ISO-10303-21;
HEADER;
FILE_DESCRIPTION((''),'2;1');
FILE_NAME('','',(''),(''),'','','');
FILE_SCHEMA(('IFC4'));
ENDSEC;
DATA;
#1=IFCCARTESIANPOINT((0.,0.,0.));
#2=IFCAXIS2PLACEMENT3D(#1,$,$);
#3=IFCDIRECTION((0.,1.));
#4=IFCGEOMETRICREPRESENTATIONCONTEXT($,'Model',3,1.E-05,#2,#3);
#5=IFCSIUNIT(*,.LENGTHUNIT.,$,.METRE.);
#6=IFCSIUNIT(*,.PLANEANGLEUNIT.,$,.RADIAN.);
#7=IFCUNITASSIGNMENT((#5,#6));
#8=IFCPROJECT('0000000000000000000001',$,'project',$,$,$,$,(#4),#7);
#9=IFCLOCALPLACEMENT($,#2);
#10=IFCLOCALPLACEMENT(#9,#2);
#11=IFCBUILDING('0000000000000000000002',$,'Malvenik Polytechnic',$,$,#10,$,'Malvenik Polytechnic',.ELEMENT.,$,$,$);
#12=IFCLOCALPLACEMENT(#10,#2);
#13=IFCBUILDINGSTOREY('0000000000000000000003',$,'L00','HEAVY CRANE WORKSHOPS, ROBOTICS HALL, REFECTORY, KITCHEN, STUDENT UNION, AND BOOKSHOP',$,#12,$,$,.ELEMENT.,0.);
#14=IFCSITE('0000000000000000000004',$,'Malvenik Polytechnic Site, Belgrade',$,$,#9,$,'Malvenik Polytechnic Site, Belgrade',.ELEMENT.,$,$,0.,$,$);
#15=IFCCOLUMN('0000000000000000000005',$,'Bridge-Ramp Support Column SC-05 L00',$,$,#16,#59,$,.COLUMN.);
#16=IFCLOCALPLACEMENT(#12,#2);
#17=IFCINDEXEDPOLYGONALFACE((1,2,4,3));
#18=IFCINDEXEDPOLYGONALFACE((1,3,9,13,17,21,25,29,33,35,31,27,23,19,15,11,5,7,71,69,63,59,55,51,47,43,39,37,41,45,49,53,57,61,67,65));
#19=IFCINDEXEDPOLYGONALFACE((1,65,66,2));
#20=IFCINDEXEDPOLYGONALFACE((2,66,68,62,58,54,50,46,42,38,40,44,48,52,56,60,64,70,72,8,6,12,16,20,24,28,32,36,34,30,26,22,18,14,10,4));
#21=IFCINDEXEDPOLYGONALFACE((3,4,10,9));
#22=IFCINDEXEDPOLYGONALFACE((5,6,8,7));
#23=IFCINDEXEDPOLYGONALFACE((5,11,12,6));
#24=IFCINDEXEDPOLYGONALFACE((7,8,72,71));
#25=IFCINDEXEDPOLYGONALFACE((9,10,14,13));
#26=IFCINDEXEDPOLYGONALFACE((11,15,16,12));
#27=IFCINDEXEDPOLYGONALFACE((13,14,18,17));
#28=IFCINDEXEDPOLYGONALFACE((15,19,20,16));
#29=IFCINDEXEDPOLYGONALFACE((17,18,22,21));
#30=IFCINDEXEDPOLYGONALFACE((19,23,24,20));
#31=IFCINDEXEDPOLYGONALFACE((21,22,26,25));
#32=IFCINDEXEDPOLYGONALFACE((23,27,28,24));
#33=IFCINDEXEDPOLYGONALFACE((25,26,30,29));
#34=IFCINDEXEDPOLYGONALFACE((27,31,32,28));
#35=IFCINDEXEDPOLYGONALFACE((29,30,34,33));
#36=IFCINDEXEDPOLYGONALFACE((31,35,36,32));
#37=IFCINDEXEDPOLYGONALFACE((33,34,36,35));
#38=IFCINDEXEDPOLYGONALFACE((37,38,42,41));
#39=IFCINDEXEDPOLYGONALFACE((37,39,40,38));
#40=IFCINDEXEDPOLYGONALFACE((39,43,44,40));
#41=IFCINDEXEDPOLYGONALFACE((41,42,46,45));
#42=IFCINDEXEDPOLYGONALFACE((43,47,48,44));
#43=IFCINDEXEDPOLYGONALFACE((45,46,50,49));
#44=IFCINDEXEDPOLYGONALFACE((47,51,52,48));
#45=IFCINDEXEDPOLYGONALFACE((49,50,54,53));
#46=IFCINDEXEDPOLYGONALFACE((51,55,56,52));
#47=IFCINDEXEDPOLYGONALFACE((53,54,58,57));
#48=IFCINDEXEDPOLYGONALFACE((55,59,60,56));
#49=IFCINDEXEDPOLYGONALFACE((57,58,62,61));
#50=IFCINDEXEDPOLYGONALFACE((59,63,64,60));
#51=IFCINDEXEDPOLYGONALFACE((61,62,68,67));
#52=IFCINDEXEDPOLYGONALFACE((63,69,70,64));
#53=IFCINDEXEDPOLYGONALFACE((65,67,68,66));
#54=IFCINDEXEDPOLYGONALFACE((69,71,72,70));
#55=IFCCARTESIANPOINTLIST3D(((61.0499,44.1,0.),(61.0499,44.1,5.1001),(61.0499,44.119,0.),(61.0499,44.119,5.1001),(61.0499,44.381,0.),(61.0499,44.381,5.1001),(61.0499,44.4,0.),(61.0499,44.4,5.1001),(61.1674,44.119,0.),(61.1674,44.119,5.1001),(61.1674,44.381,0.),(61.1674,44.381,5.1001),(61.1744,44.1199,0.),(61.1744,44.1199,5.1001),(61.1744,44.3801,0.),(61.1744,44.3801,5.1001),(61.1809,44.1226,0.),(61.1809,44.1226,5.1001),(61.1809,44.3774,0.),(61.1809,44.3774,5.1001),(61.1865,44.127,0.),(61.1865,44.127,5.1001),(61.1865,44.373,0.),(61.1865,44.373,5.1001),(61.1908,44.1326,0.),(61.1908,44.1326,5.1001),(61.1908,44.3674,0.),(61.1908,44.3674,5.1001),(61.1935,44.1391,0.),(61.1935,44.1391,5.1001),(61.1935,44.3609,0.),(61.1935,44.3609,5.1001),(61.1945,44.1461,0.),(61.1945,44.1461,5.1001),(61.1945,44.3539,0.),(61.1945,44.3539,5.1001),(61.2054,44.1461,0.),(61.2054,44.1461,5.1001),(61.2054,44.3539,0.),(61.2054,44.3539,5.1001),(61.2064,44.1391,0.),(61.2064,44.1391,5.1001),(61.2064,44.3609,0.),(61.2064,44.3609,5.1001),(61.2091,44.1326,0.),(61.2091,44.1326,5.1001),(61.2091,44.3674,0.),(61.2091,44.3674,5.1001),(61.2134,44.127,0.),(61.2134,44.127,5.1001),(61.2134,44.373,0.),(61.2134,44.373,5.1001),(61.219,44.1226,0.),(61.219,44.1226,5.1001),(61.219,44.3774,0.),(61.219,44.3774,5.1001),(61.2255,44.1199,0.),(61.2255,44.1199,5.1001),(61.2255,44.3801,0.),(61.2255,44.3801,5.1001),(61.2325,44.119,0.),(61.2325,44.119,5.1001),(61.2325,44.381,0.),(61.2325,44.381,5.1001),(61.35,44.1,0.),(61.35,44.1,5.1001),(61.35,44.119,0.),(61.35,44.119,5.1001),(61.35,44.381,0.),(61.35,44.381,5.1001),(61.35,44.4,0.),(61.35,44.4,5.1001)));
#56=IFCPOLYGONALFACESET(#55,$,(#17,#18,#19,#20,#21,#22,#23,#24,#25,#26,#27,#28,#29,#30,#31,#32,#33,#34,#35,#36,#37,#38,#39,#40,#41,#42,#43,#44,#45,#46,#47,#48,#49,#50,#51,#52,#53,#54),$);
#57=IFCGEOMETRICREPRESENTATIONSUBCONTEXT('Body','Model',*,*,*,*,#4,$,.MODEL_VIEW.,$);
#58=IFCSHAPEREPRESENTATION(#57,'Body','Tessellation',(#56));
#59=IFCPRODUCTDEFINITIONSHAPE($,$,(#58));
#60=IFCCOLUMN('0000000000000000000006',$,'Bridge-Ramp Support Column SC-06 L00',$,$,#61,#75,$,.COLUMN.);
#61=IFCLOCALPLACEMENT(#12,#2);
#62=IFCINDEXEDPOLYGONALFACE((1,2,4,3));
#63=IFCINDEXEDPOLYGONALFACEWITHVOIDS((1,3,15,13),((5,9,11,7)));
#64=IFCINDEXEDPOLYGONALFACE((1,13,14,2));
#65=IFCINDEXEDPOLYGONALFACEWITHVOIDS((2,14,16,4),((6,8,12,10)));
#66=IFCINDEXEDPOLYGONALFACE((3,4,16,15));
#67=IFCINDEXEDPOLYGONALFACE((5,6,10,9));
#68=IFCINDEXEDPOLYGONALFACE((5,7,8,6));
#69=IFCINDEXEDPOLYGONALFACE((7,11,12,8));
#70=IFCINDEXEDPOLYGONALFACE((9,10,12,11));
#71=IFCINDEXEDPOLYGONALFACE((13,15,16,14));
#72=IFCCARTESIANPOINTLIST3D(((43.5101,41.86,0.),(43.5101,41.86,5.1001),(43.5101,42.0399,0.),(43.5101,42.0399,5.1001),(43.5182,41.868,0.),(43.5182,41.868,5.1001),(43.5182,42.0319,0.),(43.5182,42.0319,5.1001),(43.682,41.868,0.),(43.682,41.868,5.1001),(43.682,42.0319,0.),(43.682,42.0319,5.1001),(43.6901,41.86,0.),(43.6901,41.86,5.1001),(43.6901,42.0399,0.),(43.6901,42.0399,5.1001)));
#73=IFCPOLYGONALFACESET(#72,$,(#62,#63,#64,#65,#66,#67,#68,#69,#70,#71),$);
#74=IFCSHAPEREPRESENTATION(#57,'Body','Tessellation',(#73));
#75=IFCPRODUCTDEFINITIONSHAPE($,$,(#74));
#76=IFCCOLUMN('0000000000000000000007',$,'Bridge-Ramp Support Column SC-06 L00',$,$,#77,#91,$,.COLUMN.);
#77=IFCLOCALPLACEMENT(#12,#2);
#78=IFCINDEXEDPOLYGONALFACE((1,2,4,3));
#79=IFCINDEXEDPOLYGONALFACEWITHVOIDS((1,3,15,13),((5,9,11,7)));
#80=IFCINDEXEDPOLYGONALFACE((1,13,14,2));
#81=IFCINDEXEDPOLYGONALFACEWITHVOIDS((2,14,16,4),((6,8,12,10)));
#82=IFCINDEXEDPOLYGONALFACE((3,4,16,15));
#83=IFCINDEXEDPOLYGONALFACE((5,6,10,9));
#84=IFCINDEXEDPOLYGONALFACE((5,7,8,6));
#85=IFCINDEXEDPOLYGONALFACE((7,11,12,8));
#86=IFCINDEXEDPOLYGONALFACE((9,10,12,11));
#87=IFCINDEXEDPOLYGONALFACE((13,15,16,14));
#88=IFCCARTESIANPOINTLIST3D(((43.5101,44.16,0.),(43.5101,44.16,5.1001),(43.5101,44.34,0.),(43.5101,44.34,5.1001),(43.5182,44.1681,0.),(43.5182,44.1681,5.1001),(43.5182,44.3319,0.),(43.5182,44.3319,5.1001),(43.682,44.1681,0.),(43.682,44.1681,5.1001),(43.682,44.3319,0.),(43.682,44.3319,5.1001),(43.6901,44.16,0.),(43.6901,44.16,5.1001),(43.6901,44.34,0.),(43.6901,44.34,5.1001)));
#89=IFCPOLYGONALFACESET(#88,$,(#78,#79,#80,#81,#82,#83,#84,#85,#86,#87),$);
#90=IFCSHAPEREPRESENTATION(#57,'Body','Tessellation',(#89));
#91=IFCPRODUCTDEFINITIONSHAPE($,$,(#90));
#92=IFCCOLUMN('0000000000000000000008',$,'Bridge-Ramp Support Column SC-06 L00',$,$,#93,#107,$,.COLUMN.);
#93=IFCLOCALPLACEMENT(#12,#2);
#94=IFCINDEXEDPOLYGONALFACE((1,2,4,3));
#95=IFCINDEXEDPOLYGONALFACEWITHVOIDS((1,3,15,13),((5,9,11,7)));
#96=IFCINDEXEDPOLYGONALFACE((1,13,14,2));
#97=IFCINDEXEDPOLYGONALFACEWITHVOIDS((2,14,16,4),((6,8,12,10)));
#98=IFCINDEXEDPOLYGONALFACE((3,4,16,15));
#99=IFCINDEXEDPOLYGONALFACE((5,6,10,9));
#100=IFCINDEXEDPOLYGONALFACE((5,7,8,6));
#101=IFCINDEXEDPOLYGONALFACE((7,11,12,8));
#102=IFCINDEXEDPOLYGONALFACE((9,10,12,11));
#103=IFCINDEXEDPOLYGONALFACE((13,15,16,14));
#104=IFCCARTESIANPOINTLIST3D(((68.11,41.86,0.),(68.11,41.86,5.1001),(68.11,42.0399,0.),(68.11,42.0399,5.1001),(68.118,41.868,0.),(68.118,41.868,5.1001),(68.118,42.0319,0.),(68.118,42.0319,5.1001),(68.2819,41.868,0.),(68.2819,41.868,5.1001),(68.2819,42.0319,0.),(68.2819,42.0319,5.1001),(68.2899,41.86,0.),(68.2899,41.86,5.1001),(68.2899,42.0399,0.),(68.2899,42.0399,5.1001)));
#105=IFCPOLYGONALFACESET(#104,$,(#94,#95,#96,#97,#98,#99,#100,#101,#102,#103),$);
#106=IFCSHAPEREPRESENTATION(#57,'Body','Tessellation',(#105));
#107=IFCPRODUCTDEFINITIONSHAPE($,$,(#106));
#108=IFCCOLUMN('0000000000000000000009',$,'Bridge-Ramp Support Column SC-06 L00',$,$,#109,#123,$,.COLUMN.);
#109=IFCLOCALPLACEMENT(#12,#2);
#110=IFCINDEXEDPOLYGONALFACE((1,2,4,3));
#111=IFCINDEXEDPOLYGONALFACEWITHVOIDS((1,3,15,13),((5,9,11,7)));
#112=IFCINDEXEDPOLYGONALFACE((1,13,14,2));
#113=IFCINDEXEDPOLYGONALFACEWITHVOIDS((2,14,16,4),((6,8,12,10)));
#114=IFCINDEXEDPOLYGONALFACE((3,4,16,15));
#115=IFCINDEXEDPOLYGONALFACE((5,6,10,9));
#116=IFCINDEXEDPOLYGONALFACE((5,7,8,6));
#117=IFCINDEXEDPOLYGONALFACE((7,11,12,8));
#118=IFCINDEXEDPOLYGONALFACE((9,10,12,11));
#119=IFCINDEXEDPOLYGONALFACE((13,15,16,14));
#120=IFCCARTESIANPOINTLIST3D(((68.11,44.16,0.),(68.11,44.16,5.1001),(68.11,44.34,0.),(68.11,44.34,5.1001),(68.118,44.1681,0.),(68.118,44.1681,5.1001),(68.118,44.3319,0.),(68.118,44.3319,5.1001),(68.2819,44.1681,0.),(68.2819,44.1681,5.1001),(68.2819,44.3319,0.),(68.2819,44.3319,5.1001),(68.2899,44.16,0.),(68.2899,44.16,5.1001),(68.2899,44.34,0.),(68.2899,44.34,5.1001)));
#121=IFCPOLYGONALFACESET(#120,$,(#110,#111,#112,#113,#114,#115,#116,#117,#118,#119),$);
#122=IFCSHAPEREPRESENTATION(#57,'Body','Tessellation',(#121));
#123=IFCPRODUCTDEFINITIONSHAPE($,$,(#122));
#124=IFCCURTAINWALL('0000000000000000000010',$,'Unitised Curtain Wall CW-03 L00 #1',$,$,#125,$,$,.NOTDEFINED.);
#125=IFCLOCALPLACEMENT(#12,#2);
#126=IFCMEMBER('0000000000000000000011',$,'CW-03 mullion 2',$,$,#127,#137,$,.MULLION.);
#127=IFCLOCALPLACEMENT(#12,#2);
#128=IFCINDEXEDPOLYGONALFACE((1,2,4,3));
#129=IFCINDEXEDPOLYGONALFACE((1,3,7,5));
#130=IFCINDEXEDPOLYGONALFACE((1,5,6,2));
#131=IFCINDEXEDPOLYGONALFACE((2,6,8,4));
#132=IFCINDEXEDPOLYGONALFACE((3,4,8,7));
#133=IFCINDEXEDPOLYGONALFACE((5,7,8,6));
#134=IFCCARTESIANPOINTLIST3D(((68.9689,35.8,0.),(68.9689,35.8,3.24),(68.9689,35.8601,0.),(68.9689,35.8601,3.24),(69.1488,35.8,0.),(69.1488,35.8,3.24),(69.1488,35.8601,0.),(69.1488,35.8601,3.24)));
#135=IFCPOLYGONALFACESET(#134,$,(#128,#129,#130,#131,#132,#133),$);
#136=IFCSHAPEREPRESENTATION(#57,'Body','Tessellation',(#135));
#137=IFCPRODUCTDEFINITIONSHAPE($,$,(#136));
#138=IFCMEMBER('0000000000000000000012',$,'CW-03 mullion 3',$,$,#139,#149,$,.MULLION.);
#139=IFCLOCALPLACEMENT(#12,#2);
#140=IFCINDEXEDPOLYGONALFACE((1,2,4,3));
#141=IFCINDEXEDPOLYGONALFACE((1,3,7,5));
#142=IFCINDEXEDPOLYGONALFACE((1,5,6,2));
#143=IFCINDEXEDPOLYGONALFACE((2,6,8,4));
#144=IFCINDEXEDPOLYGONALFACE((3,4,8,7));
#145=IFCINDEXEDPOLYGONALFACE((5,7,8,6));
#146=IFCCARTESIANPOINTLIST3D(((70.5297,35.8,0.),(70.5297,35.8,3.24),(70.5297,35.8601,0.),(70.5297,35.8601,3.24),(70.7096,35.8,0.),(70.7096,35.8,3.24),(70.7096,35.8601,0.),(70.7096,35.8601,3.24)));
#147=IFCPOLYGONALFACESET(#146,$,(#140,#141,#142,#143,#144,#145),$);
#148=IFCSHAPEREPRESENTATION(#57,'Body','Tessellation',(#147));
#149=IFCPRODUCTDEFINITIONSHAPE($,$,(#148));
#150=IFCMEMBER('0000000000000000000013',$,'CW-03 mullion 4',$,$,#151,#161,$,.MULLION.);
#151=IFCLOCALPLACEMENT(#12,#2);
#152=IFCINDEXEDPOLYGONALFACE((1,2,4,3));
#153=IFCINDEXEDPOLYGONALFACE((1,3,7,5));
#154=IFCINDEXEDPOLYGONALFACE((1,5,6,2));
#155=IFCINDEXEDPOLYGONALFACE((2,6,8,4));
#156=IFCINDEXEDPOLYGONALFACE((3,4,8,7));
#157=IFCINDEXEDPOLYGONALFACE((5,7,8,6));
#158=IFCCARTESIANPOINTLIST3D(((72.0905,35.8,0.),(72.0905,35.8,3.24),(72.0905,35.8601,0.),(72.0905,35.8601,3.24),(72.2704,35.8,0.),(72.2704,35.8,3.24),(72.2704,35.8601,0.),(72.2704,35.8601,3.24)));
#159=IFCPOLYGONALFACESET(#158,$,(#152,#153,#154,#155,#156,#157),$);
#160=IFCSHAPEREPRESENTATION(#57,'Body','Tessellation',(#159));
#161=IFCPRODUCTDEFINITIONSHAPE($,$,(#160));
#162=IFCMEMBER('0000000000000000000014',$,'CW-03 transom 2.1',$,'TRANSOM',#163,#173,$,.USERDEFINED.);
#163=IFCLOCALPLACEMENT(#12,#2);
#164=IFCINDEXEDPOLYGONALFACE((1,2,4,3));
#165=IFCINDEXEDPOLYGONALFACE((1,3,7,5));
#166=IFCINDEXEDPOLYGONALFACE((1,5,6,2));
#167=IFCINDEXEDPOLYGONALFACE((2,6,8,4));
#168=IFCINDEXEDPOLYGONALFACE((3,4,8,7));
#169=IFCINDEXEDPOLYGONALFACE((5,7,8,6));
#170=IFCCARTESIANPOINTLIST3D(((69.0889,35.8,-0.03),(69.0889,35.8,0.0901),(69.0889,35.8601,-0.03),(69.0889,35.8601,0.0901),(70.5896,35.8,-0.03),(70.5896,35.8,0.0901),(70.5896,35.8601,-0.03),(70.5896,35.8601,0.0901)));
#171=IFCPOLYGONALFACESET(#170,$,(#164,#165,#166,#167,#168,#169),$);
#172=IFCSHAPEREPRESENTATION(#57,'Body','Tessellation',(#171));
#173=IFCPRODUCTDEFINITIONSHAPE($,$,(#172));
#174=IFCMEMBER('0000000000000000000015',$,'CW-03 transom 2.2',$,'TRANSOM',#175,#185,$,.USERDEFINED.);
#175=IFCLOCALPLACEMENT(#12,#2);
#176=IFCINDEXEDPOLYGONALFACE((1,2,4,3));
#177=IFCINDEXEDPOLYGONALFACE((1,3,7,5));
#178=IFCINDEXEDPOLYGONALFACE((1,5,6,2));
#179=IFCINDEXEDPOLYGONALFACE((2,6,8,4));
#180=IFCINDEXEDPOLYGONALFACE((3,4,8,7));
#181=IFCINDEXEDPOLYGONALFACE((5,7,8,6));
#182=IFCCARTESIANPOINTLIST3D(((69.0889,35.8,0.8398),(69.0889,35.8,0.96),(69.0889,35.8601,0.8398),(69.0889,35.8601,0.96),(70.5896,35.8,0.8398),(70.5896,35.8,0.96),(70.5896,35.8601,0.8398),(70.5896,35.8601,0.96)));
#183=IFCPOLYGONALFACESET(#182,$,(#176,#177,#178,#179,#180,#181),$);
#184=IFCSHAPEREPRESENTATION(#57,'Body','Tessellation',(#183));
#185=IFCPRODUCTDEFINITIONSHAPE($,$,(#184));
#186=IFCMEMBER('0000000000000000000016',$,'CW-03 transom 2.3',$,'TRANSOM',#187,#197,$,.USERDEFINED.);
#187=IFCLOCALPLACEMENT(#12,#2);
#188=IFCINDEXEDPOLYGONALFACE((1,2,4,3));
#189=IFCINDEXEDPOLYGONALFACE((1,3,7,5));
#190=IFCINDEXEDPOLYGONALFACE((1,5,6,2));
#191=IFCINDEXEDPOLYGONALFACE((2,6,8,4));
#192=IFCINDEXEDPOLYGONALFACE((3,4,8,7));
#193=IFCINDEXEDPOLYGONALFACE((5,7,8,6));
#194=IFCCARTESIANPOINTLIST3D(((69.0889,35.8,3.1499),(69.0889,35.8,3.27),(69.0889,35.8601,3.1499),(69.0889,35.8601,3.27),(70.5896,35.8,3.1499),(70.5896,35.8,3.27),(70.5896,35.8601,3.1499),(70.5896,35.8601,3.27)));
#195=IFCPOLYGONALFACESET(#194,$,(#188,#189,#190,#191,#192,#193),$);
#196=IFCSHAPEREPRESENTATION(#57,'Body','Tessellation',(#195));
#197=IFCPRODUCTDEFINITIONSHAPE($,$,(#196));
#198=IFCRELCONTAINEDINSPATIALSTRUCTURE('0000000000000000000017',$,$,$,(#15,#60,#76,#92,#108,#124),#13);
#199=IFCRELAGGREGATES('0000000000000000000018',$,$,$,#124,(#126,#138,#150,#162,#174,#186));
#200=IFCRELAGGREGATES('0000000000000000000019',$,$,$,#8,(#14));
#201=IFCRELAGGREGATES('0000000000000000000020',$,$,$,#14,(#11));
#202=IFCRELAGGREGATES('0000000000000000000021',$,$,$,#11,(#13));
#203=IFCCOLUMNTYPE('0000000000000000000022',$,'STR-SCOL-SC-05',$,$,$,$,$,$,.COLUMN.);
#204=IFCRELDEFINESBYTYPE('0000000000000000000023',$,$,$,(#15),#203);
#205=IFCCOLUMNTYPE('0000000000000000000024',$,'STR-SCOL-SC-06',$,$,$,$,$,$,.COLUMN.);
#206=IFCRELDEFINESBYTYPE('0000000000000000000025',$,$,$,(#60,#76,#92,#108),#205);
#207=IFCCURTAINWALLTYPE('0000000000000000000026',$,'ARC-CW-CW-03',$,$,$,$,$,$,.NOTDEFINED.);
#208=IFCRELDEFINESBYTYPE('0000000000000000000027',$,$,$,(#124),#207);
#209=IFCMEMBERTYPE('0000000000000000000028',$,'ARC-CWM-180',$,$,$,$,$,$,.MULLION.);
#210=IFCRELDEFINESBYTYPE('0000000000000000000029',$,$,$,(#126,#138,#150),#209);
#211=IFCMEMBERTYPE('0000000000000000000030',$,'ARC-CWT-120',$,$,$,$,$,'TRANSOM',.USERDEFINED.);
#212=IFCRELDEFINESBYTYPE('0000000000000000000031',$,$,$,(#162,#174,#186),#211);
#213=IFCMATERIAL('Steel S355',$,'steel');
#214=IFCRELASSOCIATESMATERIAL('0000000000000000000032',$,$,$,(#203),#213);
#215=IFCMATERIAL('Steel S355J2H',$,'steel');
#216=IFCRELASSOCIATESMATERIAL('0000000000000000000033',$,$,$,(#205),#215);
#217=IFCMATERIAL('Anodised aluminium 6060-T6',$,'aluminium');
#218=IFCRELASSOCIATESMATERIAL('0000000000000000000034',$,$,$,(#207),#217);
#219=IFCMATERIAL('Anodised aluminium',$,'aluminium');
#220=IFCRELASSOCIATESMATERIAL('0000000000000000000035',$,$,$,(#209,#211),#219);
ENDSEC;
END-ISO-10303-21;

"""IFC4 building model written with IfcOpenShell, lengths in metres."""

from ifc_helpers import new_model, si_unit, direction, frame, origin, origin_2d, place, context, subcontext, project, spatial, rectangle, hollow_rectangle, i_section, extrude, material, material_profile, profile_set, type_object, element, aggregate, save


model = new_model("IFC4")

# Units and contexts
model_context = context("Model", 3, precision=1e-05, world=origin(), true_north=direction((0.0, 1.0)))
body_context = subcontext(model_context, "Body", "Model", "MODEL_VIEW")
ifc_project = project(units=[si_unit("LENGTHUNIT", "METRE"), si_unit("PLANEANGLEUNIT", "RADIAN")], contexts=[model_context])

# Site, building, storey
site_placement = place(None, origin())
site = spatial("IfcSite", under=ifc_project, at=site_placement, Name="Malvenik Polytechnic Site, Belgrade", LongName="Malvenik Polytechnic Site, Belgrade", CompositionType="ELEMENT", RefElevation=0.0)
building_placement = place(site_placement, origin())
building = spatial("IfcBuilding", under=site, at=building_placement, Name="Malvenik Polytechnic", LongName="Malvenik Polytechnic", CompositionType="ELEMENT")
storey_placement = place(building_placement, origin())
storey = spatial("IfcBuildingStorey", under=building, at=storey_placement, Name="L00", Description="HEAVY CRANE WORKSHOPS, ROBOTICS HALL, REFECTORY, KITCHEN, STUDENT UNION, AND BOOKSHOP", CompositionType="ELEMENT", Elevation=0.0)

# Columns
ifc_material_1 = material(Name="Steel S355J2H", Category="steel")
ifc_material_2 = material(Name="Steel S355", Category="steel")
ifc_material_profile_1 = material_profile(ifc_material_2, i_section(OverallWidth=0.3, OverallDepth=0.3, WebThickness=0.011, FlangeThickness=0.019, FilletRadius=0.0271, at=origin_2d()), Name="HEB 300")
ifc_profile_set_1 = profile_set([ifc_material_profile_1], Name="Steel S355")
column_type_1 = type_object("IfcColumnType", Name="STR-SCOL-SC-05", PredefinedType="COLUMN", material=ifc_profile_set_1)
for number, where, z_axis, x_axis, name in (
    (1, (61.2, 44.25, 0.0), (0.0, 0.0, 1.0), (1.0, 0.0, 0.0), "Bridge-Ramp Support Column SC-05 L00"),
):
    element("IfcColumn", number, at=place(storey_placement, frame(where, z_axis=z_axis, x_axis=x_axis)), inside=storey, type_object=column_type_1, Name=name, PredefinedType="COLUMN", context=body_context, shape_type="SweptSolid", body=[
        extrude(i_section(OverallWidth=0.3, OverallDepth=0.3, WebThickness=0.011, FlangeThickness=0.019, FilletRadius=0.0271, at=origin_2d()), origin(), (0.0, 0.0, 1.0), 5.1001),
    ])
ifc_material_profile_2 = material_profile(ifc_material_1, hollow_rectangle(XDim=0.1799, YDim=0.1799, WallThickness=0.0081, at=origin_2d()), Name="SHS 180x180x8.0")
ifc_profile_set_2 = profile_set([ifc_material_profile_2], Name="Steel S355J2H")
column_type_2 = type_object("IfcColumnType", Name="STR-SCOL-SC-06", PredefinedType="COLUMN", material=ifc_profile_set_2)
for number, where, z_axis, x_axis, name in (
    (2, (43.6001, 41.95, 0.0), (0.0, 0.0, 1.0), (1.0, 0.0, 0.0), "Bridge-Ramp Support Column SC-06 L00"),
    (3, (43.6001, 44.25, 0.0), (0.0, 0.0, 1.0), (1.0, 0.0, 0.0), "Bridge-Ramp Support Column SC-06 L00"),
    (4, (68.2, 41.95, 0.0), (0.0, 0.0, 1.0), (1.0, 0.0, 0.0), "Bridge-Ramp Support Column SC-06 L00"),
    (5, (68.2, 44.25, 0.0), (0.0, 0.0, 1.0), (1.0, 0.0, 0.0), "Bridge-Ramp Support Column SC-06 L00"),
):
    element("IfcColumn", number, at=place(storey_placement, frame(where, z_axis=z_axis, x_axis=x_axis)), inside=storey, type_object=column_type_2, Name=name, PredefinedType="COLUMN", context=body_context, shape_type="SweptSolid", body=[
        extrude(hollow_rectangle(XDim=0.1799, YDim=0.1799, WallThickness=0.0081, at=origin_2d()), origin(), (0.0, 0.0, 1.0), 5.1001),
    ])

# Curtain wall, members
ifc_material_3 = material(Name="Anodised aluminium 6060-T6", Category="aluminium")
curtain_wall_type = type_object("IfcCurtainWallType", Name="ARC-CW-CW-03", PredefinedType="NOTDEFINED", material=ifc_material_3)
curtain_wall_placement = place(storey_placement, origin())
curtain_wall = element("IfcCurtainWall", 6, at=curtain_wall_placement, inside=storey, type_object=curtain_wall_type, Name="Unitised Curtain Wall CW-03 L00 #1", PredefinedType="NOTDEFINED")
ifc_material_4 = material(Name="Anodised aluminium", Category="aluminium")
ifc_material_profile_3 = material_profile(ifc_material_4, rectangle(XDim=0.0601, YDim=0.1799, at=origin_2d()), Name="ALU MULLION 60x180")
ifc_profile_set_3 = profile_set([ifc_material_profile_3], Name="Anodised aluminium")
member_type_1 = type_object("IfcMemberType", Name="ARC-CWM-180", PredefinedType="MULLION", material=ifc_profile_set_3)
member_1_placement = place(storey_placement, frame((69.0588, 35.8301, 0.0), z_axis=(0.0, 0.0, 1.0), x_axis=(0.0, 1.0, 0.0)))
member_1 = element("IfcMember", 7, at=member_1_placement, type_object=member_type_1, Name="CW-03 mullion 2", PredefinedType="MULLION", context=body_context, shape_type="SweptSolid", body=[
    extrude(rectangle(XDim=0.0601, YDim=0.1799, at=origin_2d()), origin(), (0.0, 0.0, 1.0), 3.24),
])
member_2_placement = place(storey_placement, frame((70.6196, 35.8301, 0.0), z_axis=(0.0, 0.0, 1.0), x_axis=(0.0, 1.0, 0.0)))
member_2 = element("IfcMember", 8, at=member_2_placement, type_object=member_type_1, Name="CW-03 mullion 3", PredefinedType="MULLION", context=body_context, shape_type="SweptSolid", body=[
    extrude(rectangle(XDim=0.0601, YDim=0.1799, at=origin_2d()), origin(), (0.0, 0.0, 1.0), 3.24),
])
member_3_placement = place(storey_placement, frame((72.1804, 35.8301, 0.0), z_axis=(0.0, 0.0, 1.0), x_axis=(0.0, 1.0, 0.0)))
member_3 = element("IfcMember", 9, at=member_3_placement, type_object=member_type_1, Name="CW-03 mullion 4", PredefinedType="MULLION", context=body_context, shape_type="SweptSolid", body=[
    extrude(rectangle(XDim=0.0601, YDim=0.1799, at=origin_2d()), origin(), (0.0, 0.0, 1.0), 3.24),
])
ifc_material_profile_4 = material_profile(ifc_material_4, rectangle(XDim=0.0601, YDim=0.1201, at=origin_2d()), Name="ALU TRANSOM 60x120")
ifc_profile_set_4 = profile_set([ifc_material_profile_4], Name="Anodised aluminium")
member_type_2 = type_object("IfcMemberType", Name="ARC-CWT-120", ElementType="TRANSOM", PredefinedType="USERDEFINED", material=ifc_profile_set_4)
member_4_placement = place(storey_placement, frame((69.0889, 35.8301, 0.03), z_axis=(1.0, 0.0, 0.0), x_axis=(0.0, 1.0, 0.0)))
member_4 = element("IfcMember", 10, at=member_4_placement, type_object=member_type_2, Name="CW-03 transom 2.1", ObjectType="TRANSOM", PredefinedType="USERDEFINED", context=body_context, shape_type="SweptSolid", body=[
    extrude(rectangle(XDim=0.0601, YDim=0.1201, at=origin_2d()), origin(), (0.0, 0.0, 1.0), 1.5007),
])
member_5_placement = place(storey_placement, frame((69.0889, 35.8301, 0.8999), z_axis=(1.0, 0.0, 0.0), x_axis=(0.0, 1.0, 0.0)))
member_5 = element("IfcMember", 11, at=member_5_placement, type_object=member_type_2, Name="CW-03 transom 2.2", ObjectType="TRANSOM", PredefinedType="USERDEFINED", context=body_context, shape_type="SweptSolid", body=[
    extrude(rectangle(XDim=0.0601, YDim=0.1201, at=origin_2d()), origin(), (0.0, 0.0, 1.0), 1.5007),
])
member_6_placement = place(storey_placement, frame((69.0889, 35.8301, 3.21), z_axis=(1.0, 0.0, 0.0), x_axis=(0.0, 1.0, 0.0)))
member_6 = element("IfcMember", 12, at=member_6_placement, type_object=member_type_2, Name="CW-03 transom 2.3", ObjectType="TRANSOM", PredefinedType="USERDEFINED", context=body_context, shape_type="SweptSolid", body=[
    extrude(rectangle(XDim=0.0601, YDim=0.1201, at=origin_2d()), origin(), (0.0, 0.0, 1.0), 1.5007),
])

aggregate(curtain_wall, [member_1, member_2, member_3, member_4, member_5, member_6])

save(model, "model.ifc")
